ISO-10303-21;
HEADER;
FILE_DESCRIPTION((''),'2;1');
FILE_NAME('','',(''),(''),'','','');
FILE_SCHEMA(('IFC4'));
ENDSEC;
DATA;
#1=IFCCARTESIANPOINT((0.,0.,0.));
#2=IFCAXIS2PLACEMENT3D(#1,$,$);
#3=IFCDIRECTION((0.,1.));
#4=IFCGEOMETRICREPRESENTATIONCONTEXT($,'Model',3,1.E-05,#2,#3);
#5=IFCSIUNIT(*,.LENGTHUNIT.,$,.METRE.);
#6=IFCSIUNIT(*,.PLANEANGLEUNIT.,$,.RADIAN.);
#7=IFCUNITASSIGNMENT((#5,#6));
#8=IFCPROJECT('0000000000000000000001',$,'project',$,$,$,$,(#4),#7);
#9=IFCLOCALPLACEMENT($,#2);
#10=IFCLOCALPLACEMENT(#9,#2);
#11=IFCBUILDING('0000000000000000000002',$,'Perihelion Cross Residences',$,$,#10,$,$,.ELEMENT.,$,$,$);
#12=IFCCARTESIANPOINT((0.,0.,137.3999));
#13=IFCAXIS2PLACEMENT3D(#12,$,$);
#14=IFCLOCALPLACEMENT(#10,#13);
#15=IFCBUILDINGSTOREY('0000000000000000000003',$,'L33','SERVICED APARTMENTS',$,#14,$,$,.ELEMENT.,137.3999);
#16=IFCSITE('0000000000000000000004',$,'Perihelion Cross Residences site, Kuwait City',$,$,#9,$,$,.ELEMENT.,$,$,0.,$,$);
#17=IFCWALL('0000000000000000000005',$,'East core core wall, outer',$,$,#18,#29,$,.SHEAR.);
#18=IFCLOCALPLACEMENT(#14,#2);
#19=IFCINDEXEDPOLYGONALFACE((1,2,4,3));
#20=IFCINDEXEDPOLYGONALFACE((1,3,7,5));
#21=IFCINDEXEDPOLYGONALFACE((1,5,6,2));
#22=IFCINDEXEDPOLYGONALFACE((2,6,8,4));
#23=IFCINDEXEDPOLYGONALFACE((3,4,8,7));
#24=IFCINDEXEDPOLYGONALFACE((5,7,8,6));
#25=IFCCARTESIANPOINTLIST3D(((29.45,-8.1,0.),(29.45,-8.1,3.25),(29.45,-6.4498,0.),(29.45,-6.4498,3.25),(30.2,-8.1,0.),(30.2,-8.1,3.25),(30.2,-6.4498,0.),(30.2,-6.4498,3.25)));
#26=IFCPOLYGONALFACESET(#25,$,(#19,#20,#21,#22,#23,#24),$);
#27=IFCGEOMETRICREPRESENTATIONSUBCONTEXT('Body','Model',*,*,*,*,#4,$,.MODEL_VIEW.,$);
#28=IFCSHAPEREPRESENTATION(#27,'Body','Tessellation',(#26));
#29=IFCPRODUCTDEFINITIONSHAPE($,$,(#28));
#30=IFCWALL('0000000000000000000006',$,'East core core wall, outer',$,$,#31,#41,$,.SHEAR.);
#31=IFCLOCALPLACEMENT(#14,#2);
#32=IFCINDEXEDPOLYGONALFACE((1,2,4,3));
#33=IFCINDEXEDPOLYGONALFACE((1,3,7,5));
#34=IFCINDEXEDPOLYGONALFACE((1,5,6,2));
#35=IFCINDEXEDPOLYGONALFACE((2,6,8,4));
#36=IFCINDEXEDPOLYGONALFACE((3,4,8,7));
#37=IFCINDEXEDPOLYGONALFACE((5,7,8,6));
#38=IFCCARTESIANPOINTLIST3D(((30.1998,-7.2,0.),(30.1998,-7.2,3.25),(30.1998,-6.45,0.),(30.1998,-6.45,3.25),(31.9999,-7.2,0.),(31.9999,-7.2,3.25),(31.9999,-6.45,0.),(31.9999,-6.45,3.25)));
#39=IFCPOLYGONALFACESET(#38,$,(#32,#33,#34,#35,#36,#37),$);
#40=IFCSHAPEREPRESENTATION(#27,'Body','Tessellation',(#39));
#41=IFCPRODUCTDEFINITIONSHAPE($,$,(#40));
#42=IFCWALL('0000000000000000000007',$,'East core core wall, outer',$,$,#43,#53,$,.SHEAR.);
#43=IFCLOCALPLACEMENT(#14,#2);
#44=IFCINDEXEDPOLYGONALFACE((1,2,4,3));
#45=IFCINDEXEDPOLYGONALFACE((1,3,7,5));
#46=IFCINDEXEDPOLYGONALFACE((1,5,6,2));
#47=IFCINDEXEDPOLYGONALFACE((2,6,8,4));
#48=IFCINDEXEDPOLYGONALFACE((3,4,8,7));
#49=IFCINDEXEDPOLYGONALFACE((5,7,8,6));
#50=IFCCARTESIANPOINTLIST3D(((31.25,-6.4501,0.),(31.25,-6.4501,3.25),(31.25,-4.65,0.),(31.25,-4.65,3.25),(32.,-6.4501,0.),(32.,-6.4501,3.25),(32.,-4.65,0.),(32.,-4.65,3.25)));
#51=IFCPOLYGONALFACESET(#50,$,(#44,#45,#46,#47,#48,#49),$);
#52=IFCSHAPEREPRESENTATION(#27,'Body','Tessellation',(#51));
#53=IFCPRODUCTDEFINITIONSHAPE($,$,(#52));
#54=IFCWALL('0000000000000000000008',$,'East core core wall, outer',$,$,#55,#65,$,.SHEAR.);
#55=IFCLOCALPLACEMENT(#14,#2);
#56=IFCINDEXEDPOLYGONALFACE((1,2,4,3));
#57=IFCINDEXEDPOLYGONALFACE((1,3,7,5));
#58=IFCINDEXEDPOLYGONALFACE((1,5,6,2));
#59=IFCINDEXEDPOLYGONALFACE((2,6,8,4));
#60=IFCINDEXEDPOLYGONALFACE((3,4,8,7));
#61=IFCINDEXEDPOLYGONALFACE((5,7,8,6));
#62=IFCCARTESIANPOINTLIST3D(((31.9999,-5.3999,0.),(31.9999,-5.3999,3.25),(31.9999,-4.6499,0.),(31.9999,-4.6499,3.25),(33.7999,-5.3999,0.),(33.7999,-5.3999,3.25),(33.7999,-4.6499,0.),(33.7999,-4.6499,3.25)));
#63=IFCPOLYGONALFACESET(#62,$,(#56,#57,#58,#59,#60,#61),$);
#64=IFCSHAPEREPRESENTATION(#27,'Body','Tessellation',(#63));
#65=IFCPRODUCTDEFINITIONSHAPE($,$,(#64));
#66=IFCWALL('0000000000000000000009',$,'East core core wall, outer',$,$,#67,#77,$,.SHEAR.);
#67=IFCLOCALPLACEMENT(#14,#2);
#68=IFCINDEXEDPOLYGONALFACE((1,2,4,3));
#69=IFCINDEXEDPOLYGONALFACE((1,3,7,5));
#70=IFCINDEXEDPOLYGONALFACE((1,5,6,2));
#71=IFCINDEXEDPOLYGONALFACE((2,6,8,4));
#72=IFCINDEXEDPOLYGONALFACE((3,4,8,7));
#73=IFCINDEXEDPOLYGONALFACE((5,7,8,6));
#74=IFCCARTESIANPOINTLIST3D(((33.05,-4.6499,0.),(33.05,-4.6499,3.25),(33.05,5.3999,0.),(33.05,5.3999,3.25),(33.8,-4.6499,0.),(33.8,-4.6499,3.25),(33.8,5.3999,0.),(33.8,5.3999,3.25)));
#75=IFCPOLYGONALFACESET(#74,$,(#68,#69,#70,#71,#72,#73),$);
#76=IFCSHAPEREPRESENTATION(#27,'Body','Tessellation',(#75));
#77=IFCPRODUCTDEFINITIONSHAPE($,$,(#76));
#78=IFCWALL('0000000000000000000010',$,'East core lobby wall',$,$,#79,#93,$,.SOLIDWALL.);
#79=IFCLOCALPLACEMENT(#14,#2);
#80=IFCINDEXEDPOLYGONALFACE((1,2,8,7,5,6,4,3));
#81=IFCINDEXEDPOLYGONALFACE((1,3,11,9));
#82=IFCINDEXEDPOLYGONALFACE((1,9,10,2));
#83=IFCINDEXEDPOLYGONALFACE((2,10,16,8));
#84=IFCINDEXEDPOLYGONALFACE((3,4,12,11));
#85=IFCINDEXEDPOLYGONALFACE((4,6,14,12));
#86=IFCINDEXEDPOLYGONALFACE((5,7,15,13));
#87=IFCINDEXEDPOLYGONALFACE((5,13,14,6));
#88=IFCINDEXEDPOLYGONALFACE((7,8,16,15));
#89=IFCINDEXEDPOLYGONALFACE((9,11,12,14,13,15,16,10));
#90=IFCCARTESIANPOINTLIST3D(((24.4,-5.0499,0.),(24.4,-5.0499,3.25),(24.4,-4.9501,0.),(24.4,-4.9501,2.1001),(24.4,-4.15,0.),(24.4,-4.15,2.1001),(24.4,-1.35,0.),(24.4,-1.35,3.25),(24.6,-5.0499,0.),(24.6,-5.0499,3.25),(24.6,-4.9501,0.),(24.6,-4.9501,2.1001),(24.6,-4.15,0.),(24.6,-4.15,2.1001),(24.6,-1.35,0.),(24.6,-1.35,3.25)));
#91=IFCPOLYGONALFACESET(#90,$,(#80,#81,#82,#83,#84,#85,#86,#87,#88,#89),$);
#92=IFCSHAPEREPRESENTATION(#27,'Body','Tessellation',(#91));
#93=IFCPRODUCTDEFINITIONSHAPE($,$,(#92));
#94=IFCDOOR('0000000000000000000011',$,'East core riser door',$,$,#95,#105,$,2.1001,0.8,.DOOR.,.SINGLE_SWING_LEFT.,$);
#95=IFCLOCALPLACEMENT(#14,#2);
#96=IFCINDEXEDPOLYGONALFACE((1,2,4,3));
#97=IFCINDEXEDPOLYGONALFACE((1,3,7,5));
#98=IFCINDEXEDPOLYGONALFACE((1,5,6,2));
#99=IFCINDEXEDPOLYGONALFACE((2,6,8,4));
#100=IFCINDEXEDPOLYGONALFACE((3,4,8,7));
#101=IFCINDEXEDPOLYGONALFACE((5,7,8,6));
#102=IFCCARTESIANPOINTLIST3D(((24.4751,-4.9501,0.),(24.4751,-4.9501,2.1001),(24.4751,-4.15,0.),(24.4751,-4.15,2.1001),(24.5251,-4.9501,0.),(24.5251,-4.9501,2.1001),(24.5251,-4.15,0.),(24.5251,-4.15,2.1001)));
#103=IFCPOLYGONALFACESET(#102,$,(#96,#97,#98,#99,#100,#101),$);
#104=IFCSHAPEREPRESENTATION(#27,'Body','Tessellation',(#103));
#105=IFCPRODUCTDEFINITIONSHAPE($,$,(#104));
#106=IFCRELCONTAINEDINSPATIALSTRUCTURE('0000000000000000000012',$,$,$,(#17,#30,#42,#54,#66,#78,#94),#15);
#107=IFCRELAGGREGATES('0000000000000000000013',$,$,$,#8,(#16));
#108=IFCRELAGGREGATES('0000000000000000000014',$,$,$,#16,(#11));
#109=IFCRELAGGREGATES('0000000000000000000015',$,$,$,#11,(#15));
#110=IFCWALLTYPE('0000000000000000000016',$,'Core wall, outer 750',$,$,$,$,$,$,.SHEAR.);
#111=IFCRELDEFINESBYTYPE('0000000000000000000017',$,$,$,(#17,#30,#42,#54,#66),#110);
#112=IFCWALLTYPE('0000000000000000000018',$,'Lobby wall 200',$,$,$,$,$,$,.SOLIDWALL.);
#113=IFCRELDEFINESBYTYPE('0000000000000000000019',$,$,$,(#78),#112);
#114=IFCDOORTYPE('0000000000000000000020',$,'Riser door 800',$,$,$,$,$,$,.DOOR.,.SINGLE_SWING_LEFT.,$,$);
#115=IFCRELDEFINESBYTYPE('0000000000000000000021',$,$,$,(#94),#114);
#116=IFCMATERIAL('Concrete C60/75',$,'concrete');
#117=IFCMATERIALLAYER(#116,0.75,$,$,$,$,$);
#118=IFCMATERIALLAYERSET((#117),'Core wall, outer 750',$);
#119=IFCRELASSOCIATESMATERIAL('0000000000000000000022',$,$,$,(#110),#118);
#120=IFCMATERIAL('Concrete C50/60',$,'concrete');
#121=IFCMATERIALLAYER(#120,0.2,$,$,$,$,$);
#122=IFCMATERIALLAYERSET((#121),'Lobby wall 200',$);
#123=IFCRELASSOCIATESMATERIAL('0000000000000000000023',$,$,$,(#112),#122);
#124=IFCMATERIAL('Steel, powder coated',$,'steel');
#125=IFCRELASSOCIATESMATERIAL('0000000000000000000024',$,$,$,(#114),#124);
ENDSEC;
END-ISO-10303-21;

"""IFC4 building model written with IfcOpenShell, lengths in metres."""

from ifc_helpers import new_model, si_unit, direction, frame, frame_2d, origin, place, context, subcontext, project, spatial, rectangle, extrude, material, layer, layer_set, type_object, element, fill, save


model = new_model("IFC4")

# Units and contexts
model_context = context("Model", 3, precision=1e-05, world=origin(), true_north=direction((0.0, 1.0)))
body_context = subcontext(model_context, "Body", "Model", "MODEL_VIEW")
ifc_project = project(units=[si_unit("LENGTHUNIT", "METRE"), si_unit("PLANEANGLEUNIT", "RADIAN")], contexts=[model_context])

# Site, building, storey
site_placement = place(None, origin())
site = spatial("IfcSite", under=ifc_project, at=site_placement, Name="Perihelion Cross Residences site, Kuwait City", CompositionType="ELEMENT", RefElevation=0.0)
building_placement = place(site_placement, origin())
building = spatial("IfcBuilding", under=site, at=building_placement, Name="Perihelion Cross Residences", CompositionType="ELEMENT")
storey_placement = place(building_placement, frame((0.0, 0.0, 137.3999)))
storey = spatial("IfcBuildingStorey", under=building, at=storey_placement, Name="L33", Description="SERVICED APARTMENTS", CompositionType="ELEMENT", Elevation=137.3999)

# Walls
ifc_material_1 = material(Name="Concrete C60/75", Category="concrete")
ifc_layer_1 = layer(ifc_material_1, 0.75)
ifc_layer_set_1 = layer_set([ifc_layer_1], Name="Core wall, outer 750")
wall_type_1 = type_object("IfcWallType", Name="Core wall, outer 750", PredefinedType="SHEAR", material=ifc_layer_set_1)
wall_1_placement = place(storey_placement, frame((29.825, -8.1001, 0.0), z_axis=(0.0, 0.0, 1.0), x_axis=(0.0, 1.0, 0.0)))
element("IfcWall", 1, at=wall_1_placement, inside=storey, type_object=wall_type_1, Name="East core core wall, outer", PredefinedType="SHEAR", context=body_context, shape_type="SweptSolid", body=[
    extrude(rectangle(XDim=1.6501, YDim=0.75, at=frame_2d((0.8252, 0.0))), origin(), (0.0, 0.0, 1.0), 3.25),
])
for number, where, z_axis, x_axis, name in (
    (2, (30.2, -6.825, 0.0), (0.0, 0.0, 1.0), (1.0, 0.0, 0.0), "East core core wall, outer"),
    (3, (31.625, -6.45, 0.0), (0.0, 0.0, 1.0), (0.0, 1.0, 0.0), "East core core wall, outer"),
    (4, (32.0, -5.0249, 0.0), (0.0, 0.0, 1.0), (1.0, 0.0, 0.0), "East core core wall, outer"),
):
    element("IfcWall", number, at=place(storey_placement, frame(where, z_axis=z_axis, x_axis=x_axis)), inside=storey, type_object=wall_type_1, Name=name, PredefinedType="SHEAR", context=body_context, shape_type="SweptSolid", body=[
        extrude(rectangle(XDim=1.8, YDim=0.75, at=frame_2d((0.8999, 0.0))), origin(), (0.0, 0.0, 1.0), 3.25),
    ])
wall_2_placement = place(storey_placement, frame((33.425, -4.6499, 0.0), z_axis=(0.0, 0.0, 1.0), x_axis=(0.0, 1.0, 0.0)))
element("IfcWall", 5, at=wall_2_placement, inside=storey, type_object=wall_type_1, Name="East core core wall, outer", PredefinedType="SHEAR", context=body_context, shape_type="SweptSolid", body=[
    extrude(rectangle(XDim=10.0498, YDim=0.75, at=frame_2d((5.0249, 0.0))), origin(), (0.0, 0.0, 1.0), 3.25),
])

# Wall, opening, door
ifc_material_2 = material(Name="Concrete C50/60", Category="concrete")
ifc_layer_2 = layer(ifc_material_2, 0.2)
ifc_layer_set_2 = layer_set([ifc_layer_2], Name="Lobby wall 200")
wall_type_2 = type_object("IfcWallType", Name="Lobby wall 200", PredefinedType="SOLIDWALL", material=ifc_layer_set_2)
wall_3_placement = place(storey_placement, frame((24.5, -5.05, 0.0), z_axis=(0.0, 0.0, 1.0), x_axis=(0.0, 1.0, 0.0)))
wall_3 = element("IfcWall", 6, at=wall_3_placement, inside=storey, type_object=wall_type_2, Name="East core lobby wall", PredefinedType="SOLIDWALL", context=body_context, shape_type="SweptSolid", body=[
    extrude(rectangle(XDim=3.7, YDim=0.2, at=frame_2d((1.8501, 0.0))), origin(), (0.0, 0.0, 1.0), 3.25),
])
opening_1_placement = place(wall_3_placement, frame((0.1001, 0.0, 0.0)))
opening_1 = element("IfcOpeningElement", 7, at=opening_1_placement, cuts=wall_3, PredefinedType="OPENING", context=body_context, shape_type="SweptSolid", body=[
    extrude(rectangle(XDim=0.8, YDim=2.1001, at=frame_2d((0.3999, 1.05))), frame((0.0, 0.1099, 0.0), z_axis=(0.0, -1.0, 0.0), x_axis=(1.0, 0.0, 0.0)), (0.0, 0.0, 1.0), 0.22),
])
ifc_material_3 = material(Name="Steel, powder coated", Category="steel")
door_type_1 = type_object("IfcDoorType", Name="Riser door 800", OperationType="SINGLE_SWING_LEFT", PredefinedType="DOOR", material=ifc_material_3)
door_1_placement = place(opening_1_placement, origin())
door_1 = element("IfcDoor", 8, at=door_1_placement, inside=storey, type_object=door_type_1, Name="East core riser door", OperationType="SINGLE_SWING_LEFT", OverallHeight=2.1001, OverallWidth=0.8, PredefinedType="DOOR", context=body_context, shape_type="SweptSolid", body=[
    extrude(rectangle(XDim=0.8, YDim=2.1001, at=frame_2d((0.3999, 1.05))), frame((0.0, 0.0249, 0.0), z_axis=(0.0, -1.0, 0.0), x_axis=(1.0, 0.0, 0.0)), (0.0, 0.0, 1.0), 0.05),
])
fill(opening_1, door_1)

save(model, "model.ifc")
